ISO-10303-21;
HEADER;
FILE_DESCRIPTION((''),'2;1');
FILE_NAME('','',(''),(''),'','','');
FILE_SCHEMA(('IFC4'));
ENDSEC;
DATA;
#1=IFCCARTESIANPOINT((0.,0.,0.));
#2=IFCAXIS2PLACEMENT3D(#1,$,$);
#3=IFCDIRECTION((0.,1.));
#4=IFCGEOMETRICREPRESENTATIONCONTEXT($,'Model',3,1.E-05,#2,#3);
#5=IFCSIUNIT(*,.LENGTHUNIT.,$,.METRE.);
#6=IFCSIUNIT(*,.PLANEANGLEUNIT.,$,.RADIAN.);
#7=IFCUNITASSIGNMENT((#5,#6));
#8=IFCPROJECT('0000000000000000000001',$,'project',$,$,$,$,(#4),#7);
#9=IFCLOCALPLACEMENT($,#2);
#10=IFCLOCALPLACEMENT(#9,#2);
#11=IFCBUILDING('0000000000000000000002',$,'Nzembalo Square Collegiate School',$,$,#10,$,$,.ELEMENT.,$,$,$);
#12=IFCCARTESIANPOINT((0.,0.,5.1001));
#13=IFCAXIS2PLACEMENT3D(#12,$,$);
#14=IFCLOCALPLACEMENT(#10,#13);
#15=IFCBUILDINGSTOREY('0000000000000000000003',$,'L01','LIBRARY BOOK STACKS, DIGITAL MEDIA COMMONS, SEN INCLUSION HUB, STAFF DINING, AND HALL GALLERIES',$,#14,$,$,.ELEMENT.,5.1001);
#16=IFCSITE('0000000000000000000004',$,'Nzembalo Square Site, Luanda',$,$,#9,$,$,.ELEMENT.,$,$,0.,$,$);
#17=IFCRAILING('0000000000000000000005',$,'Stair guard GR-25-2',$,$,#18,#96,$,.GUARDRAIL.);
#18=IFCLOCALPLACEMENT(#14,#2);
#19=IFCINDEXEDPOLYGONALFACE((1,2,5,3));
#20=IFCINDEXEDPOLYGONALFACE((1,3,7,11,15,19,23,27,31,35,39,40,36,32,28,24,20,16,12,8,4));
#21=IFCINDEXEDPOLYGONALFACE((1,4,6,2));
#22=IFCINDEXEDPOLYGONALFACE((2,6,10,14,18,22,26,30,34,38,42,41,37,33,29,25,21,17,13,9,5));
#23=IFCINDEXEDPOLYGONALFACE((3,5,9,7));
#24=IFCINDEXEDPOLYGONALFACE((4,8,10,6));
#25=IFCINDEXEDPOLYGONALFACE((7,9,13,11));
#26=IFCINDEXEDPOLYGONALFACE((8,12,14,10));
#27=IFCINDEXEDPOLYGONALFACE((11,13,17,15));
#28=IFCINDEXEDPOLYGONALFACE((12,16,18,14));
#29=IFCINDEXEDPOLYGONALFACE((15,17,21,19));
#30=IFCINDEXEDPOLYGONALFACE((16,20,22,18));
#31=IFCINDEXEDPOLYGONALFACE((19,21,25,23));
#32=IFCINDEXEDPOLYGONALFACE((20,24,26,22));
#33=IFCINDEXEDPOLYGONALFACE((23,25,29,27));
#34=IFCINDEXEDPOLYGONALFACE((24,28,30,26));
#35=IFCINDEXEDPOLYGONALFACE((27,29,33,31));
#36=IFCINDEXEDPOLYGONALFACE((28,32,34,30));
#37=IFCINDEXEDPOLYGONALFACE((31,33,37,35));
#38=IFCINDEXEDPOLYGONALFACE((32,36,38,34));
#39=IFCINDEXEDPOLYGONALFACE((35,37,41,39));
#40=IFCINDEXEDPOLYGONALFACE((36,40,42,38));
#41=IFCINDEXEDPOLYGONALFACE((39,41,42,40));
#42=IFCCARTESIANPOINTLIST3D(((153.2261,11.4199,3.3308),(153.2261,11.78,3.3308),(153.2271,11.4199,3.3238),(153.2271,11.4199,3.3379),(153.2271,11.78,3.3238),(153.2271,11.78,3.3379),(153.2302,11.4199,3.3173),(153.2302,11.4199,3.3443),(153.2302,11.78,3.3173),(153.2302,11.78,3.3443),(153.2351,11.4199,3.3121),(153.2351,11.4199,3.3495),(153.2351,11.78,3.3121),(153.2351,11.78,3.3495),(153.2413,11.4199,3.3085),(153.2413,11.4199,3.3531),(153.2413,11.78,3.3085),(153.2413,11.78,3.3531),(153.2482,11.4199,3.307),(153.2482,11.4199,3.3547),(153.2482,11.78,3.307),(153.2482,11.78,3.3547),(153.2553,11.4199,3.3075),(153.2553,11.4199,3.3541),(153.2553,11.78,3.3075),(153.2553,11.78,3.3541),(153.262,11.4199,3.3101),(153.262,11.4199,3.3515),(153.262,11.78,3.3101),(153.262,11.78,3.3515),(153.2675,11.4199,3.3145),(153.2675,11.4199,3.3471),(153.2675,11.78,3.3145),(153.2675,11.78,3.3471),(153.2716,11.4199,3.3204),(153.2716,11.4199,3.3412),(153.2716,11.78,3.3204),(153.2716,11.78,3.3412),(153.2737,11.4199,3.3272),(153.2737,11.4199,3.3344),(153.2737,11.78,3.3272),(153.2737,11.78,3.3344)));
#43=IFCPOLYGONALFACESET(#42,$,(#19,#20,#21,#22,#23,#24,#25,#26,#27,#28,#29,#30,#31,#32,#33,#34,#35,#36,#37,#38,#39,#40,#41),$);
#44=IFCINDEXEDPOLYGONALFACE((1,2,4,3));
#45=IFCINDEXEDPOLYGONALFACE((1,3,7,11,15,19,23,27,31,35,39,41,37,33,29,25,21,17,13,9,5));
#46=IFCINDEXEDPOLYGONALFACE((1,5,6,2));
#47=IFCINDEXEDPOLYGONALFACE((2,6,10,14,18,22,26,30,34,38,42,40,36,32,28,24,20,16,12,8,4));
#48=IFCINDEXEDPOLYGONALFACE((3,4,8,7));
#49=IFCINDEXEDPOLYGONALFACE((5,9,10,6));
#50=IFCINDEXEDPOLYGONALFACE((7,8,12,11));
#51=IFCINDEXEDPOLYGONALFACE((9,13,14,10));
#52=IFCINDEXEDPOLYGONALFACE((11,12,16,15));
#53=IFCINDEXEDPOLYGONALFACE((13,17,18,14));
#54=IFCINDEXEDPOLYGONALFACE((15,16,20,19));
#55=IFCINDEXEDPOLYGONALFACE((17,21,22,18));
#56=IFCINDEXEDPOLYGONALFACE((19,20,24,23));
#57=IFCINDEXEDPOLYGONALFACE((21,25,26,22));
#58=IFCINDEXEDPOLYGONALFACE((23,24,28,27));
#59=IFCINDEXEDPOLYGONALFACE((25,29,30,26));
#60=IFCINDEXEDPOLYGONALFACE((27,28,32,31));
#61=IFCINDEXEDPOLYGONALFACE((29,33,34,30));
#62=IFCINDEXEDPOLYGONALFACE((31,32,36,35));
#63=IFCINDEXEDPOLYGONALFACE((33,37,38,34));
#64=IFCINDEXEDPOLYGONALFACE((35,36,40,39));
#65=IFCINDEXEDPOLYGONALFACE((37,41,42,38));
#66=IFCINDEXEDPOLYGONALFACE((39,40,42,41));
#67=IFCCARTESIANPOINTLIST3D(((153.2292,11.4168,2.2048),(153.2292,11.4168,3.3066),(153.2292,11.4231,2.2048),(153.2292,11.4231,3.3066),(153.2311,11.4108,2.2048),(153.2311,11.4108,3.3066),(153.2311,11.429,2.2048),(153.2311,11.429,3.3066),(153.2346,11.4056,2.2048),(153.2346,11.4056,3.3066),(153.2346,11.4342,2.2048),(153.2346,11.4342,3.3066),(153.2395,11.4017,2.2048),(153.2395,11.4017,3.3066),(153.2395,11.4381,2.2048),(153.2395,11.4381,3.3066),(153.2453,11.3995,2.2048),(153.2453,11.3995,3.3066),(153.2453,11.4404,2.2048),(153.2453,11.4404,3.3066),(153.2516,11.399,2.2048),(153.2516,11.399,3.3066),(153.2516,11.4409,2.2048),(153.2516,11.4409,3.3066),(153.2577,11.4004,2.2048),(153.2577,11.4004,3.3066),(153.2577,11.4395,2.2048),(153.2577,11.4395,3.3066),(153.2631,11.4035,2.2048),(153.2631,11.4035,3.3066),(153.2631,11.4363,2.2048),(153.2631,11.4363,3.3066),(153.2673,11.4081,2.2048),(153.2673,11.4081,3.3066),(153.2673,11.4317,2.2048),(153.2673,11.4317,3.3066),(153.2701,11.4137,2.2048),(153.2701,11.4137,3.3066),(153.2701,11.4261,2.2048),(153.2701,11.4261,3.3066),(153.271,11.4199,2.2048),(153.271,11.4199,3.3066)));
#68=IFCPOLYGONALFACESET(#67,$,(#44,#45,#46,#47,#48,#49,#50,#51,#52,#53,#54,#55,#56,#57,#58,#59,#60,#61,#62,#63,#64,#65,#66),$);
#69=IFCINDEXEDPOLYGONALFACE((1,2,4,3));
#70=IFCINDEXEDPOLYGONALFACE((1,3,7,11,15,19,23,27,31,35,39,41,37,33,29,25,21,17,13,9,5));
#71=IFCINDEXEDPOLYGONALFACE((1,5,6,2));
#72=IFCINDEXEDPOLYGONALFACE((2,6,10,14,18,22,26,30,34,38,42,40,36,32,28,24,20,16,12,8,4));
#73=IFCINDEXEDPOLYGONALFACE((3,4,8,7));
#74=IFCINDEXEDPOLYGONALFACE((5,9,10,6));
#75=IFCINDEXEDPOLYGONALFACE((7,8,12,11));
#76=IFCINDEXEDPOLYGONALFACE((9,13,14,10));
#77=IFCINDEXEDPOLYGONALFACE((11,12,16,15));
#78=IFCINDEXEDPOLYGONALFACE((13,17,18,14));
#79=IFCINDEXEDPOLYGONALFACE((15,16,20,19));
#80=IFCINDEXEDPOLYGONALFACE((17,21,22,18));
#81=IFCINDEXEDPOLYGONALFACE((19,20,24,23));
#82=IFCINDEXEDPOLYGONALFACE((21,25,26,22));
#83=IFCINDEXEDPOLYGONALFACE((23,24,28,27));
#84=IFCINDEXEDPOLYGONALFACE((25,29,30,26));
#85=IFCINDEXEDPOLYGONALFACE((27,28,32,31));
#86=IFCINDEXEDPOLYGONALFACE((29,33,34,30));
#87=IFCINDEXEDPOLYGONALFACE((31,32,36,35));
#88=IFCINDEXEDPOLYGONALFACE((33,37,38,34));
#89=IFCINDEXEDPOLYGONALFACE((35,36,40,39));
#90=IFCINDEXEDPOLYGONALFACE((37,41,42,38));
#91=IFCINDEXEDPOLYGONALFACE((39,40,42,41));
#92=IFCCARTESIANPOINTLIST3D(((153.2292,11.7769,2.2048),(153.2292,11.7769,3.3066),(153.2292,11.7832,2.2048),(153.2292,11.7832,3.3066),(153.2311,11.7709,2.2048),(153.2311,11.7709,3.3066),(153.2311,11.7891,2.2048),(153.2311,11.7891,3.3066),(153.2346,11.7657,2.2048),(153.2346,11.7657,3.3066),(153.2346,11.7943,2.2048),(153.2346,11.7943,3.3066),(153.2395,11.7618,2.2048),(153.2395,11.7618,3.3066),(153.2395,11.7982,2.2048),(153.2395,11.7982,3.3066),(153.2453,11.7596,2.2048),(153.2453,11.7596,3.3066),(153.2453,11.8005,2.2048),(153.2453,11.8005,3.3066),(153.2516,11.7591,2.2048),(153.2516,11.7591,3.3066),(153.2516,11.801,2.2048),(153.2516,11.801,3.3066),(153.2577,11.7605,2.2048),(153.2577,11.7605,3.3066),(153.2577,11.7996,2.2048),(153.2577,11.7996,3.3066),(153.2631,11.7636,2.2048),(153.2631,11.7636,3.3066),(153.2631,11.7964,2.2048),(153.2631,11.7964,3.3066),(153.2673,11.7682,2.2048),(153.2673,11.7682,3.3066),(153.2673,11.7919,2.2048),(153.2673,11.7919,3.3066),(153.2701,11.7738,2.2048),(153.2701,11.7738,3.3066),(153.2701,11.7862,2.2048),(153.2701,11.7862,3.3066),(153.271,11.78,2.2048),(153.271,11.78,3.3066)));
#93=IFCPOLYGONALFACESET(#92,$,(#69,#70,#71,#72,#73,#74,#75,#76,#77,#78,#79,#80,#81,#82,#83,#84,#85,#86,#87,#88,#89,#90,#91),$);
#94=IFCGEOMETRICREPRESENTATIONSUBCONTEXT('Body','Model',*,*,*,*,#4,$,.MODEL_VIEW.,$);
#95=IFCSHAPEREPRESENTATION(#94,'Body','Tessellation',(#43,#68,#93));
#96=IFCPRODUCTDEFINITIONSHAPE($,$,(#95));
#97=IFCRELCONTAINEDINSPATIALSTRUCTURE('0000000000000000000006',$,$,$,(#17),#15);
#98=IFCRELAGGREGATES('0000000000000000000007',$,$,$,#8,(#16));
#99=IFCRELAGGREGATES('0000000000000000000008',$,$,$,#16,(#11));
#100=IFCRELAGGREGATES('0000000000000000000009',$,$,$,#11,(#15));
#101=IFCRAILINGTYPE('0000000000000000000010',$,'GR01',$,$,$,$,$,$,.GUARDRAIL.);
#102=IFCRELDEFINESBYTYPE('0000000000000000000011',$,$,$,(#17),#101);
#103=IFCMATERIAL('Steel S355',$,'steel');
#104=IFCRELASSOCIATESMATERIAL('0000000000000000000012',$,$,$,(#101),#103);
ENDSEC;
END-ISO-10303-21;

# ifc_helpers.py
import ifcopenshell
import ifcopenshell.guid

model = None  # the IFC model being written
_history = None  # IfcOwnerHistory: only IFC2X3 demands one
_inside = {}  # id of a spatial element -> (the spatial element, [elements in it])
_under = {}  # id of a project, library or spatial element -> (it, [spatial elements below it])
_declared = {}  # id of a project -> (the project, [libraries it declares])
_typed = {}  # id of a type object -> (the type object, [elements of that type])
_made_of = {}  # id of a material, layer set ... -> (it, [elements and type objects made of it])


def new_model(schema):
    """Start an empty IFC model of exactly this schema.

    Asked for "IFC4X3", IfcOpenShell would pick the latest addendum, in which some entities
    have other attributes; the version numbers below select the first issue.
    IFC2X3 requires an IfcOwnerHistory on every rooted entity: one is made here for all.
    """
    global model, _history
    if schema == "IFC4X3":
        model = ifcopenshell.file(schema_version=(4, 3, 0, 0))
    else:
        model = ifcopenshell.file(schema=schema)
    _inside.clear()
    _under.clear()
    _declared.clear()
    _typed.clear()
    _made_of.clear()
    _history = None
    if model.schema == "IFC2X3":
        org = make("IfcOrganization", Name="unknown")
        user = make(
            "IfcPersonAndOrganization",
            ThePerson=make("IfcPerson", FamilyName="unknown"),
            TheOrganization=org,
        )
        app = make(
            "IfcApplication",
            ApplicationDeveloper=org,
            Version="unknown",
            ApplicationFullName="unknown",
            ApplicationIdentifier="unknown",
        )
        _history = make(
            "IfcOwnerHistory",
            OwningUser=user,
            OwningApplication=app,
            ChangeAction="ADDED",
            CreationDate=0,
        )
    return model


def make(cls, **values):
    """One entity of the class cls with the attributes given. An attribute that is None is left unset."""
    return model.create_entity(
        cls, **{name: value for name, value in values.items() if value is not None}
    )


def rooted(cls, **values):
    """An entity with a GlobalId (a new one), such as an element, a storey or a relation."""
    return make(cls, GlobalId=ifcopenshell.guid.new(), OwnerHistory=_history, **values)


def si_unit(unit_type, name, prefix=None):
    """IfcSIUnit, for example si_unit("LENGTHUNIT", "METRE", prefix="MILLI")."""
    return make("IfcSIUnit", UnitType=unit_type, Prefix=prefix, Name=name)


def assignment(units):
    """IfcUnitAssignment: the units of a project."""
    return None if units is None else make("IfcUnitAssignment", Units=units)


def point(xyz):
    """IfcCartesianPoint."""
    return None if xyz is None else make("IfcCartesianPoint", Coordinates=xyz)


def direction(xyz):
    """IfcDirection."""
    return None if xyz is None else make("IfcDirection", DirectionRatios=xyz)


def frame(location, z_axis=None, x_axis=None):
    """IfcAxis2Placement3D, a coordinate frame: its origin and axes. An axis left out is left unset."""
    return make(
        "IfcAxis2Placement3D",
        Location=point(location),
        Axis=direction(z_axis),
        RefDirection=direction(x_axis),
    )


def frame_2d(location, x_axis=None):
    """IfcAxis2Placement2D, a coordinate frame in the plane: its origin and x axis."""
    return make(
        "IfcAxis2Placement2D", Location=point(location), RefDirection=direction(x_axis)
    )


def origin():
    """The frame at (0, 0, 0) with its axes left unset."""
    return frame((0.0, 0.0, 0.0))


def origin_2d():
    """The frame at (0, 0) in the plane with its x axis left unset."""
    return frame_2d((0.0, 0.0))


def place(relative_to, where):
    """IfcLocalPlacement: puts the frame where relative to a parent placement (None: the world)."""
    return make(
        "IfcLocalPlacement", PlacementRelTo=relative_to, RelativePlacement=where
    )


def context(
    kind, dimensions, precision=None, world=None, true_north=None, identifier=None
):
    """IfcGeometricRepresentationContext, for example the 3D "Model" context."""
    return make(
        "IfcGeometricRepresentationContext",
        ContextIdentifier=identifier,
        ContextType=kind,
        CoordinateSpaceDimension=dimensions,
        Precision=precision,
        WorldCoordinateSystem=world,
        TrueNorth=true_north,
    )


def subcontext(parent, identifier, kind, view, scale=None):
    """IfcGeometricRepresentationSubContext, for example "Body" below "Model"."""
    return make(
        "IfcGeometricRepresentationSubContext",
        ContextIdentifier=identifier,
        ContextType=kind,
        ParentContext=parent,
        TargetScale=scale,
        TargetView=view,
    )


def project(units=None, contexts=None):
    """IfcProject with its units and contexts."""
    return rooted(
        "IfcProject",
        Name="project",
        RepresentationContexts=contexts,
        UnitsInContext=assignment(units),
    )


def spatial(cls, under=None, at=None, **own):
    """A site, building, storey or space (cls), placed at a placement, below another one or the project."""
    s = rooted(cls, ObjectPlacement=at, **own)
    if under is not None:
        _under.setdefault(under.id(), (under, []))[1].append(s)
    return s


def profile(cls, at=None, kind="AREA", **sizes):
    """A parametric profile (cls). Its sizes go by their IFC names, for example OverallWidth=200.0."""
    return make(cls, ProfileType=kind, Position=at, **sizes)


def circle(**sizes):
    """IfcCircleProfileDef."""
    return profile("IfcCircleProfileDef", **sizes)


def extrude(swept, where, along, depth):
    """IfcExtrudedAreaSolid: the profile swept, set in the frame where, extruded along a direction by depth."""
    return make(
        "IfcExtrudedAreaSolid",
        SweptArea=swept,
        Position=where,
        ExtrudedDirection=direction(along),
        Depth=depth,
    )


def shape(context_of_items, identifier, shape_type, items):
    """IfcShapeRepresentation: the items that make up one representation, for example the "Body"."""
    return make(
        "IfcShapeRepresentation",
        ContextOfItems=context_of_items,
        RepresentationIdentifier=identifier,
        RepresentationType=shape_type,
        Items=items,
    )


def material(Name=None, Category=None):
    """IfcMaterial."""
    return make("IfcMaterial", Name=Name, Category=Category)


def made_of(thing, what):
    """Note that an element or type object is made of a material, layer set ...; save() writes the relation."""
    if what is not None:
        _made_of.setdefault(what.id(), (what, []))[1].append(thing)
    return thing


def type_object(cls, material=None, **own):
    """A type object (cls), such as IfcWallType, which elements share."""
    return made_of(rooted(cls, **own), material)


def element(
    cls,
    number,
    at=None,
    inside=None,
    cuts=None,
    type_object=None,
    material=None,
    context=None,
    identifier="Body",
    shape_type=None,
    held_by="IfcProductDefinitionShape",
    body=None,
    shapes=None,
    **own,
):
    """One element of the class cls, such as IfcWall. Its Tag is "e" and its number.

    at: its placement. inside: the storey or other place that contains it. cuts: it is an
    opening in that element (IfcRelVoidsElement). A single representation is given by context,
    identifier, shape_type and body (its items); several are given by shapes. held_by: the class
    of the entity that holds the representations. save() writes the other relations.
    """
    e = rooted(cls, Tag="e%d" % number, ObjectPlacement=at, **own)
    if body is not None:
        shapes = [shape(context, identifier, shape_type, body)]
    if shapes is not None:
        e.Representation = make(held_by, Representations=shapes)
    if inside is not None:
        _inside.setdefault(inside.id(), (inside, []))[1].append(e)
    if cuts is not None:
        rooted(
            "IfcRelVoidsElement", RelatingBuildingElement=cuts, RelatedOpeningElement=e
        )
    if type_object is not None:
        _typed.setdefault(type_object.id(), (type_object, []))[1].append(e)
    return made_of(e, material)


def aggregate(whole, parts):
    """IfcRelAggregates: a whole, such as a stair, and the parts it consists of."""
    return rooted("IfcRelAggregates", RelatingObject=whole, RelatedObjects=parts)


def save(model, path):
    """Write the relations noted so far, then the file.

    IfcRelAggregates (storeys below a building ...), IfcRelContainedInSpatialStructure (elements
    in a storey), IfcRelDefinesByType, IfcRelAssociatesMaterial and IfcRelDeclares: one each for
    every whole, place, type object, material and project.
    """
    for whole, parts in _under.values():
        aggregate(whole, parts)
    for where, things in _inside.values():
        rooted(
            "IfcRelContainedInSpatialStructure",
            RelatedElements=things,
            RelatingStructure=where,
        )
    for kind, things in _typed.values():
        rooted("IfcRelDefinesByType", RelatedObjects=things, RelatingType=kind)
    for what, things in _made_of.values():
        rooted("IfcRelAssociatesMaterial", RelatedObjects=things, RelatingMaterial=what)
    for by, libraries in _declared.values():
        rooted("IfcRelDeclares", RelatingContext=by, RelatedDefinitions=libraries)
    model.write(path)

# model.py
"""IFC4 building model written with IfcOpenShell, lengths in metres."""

from ifc_helpers import new_model, si_unit, direction, frame, origin, origin_2d, place, context, subcontext, project, spatial, circle, extrude, material, type_object, element, save


model = new_model("IFC4")

# Units and contexts
model_context = context("Model", 3, precision=1e-05, world=origin(), true_north=direction((0.0, 1.0)))
body_context = subcontext(model_context, "Body", "Model", "MODEL_VIEW")
ifc_project = project(units=[si_unit("LENGTHUNIT", "METRE"), si_unit("PLANEANGLEUNIT", "RADIAN")], contexts=[model_context])

# Site, building, storey
site_placement = place(None, origin())
site = spatial("IfcSite", under=ifc_project, at=site_placement, Name="Nzembalo Square Site, Luanda", CompositionType="ELEMENT", RefElevation=0.0)
building_placement = place(site_placement, origin())
building = spatial("IfcBuilding", under=site, at=building_placement, Name="Nzembalo Square Collegiate School", CompositionType="ELEMENT")
storey_placement = place(building_placement, frame((0.0, 0.0, 5.1001)))
storey = spatial("IfcBuildingStorey", under=building, at=storey_placement, Name="L01", Description="LIBRARY BOOK STACKS, DIGITAL MEDIA COMMONS, SEN INCLUSION HUB, STAFF DINING, AND HALL GALLERIES", CompositionType="ELEMENT", Elevation=5.1001)

# Railing
ifc_material_1 = material(Name="Steel S355", Category="steel")
railing_type_1 = type_object("IfcRailingType", Name="GR01", PredefinedType="GUARDRAIL", material=ifc_material_1)
railing_1_placement = place(storey_placement, frame((153.25, 11.4199, 2.2048)))
element("IfcRailing", 1, at=railing_1_placement, inside=storey, type_object=railing_type_1, Name="Stair guard GR-25-2", PredefinedType="GUARDRAIL", context=body_context, shape_type="SweptSolid", body=[
    extrude(circle(Radius=0.0239, at=origin_2d()), frame((0.0, 0.0, 1.126), z_axis=(0.0, 1.0, 0.0), x_axis=(-1.0, 0.0, 0.0)), (0.0, 0.0, 1.0), 0.3601),
    extrude(circle(Radius=0.021, at=origin_2d()), origin(), (0.0, 0.0, 1.0), 1.1018),
    extrude(circle(Radius=0.021, at=origin_2d()), frame((0.0, 0.3601, 0.0)), (0.0, 0.0, 1.0), 1.1018),
])

save(model, "model.ifc")
